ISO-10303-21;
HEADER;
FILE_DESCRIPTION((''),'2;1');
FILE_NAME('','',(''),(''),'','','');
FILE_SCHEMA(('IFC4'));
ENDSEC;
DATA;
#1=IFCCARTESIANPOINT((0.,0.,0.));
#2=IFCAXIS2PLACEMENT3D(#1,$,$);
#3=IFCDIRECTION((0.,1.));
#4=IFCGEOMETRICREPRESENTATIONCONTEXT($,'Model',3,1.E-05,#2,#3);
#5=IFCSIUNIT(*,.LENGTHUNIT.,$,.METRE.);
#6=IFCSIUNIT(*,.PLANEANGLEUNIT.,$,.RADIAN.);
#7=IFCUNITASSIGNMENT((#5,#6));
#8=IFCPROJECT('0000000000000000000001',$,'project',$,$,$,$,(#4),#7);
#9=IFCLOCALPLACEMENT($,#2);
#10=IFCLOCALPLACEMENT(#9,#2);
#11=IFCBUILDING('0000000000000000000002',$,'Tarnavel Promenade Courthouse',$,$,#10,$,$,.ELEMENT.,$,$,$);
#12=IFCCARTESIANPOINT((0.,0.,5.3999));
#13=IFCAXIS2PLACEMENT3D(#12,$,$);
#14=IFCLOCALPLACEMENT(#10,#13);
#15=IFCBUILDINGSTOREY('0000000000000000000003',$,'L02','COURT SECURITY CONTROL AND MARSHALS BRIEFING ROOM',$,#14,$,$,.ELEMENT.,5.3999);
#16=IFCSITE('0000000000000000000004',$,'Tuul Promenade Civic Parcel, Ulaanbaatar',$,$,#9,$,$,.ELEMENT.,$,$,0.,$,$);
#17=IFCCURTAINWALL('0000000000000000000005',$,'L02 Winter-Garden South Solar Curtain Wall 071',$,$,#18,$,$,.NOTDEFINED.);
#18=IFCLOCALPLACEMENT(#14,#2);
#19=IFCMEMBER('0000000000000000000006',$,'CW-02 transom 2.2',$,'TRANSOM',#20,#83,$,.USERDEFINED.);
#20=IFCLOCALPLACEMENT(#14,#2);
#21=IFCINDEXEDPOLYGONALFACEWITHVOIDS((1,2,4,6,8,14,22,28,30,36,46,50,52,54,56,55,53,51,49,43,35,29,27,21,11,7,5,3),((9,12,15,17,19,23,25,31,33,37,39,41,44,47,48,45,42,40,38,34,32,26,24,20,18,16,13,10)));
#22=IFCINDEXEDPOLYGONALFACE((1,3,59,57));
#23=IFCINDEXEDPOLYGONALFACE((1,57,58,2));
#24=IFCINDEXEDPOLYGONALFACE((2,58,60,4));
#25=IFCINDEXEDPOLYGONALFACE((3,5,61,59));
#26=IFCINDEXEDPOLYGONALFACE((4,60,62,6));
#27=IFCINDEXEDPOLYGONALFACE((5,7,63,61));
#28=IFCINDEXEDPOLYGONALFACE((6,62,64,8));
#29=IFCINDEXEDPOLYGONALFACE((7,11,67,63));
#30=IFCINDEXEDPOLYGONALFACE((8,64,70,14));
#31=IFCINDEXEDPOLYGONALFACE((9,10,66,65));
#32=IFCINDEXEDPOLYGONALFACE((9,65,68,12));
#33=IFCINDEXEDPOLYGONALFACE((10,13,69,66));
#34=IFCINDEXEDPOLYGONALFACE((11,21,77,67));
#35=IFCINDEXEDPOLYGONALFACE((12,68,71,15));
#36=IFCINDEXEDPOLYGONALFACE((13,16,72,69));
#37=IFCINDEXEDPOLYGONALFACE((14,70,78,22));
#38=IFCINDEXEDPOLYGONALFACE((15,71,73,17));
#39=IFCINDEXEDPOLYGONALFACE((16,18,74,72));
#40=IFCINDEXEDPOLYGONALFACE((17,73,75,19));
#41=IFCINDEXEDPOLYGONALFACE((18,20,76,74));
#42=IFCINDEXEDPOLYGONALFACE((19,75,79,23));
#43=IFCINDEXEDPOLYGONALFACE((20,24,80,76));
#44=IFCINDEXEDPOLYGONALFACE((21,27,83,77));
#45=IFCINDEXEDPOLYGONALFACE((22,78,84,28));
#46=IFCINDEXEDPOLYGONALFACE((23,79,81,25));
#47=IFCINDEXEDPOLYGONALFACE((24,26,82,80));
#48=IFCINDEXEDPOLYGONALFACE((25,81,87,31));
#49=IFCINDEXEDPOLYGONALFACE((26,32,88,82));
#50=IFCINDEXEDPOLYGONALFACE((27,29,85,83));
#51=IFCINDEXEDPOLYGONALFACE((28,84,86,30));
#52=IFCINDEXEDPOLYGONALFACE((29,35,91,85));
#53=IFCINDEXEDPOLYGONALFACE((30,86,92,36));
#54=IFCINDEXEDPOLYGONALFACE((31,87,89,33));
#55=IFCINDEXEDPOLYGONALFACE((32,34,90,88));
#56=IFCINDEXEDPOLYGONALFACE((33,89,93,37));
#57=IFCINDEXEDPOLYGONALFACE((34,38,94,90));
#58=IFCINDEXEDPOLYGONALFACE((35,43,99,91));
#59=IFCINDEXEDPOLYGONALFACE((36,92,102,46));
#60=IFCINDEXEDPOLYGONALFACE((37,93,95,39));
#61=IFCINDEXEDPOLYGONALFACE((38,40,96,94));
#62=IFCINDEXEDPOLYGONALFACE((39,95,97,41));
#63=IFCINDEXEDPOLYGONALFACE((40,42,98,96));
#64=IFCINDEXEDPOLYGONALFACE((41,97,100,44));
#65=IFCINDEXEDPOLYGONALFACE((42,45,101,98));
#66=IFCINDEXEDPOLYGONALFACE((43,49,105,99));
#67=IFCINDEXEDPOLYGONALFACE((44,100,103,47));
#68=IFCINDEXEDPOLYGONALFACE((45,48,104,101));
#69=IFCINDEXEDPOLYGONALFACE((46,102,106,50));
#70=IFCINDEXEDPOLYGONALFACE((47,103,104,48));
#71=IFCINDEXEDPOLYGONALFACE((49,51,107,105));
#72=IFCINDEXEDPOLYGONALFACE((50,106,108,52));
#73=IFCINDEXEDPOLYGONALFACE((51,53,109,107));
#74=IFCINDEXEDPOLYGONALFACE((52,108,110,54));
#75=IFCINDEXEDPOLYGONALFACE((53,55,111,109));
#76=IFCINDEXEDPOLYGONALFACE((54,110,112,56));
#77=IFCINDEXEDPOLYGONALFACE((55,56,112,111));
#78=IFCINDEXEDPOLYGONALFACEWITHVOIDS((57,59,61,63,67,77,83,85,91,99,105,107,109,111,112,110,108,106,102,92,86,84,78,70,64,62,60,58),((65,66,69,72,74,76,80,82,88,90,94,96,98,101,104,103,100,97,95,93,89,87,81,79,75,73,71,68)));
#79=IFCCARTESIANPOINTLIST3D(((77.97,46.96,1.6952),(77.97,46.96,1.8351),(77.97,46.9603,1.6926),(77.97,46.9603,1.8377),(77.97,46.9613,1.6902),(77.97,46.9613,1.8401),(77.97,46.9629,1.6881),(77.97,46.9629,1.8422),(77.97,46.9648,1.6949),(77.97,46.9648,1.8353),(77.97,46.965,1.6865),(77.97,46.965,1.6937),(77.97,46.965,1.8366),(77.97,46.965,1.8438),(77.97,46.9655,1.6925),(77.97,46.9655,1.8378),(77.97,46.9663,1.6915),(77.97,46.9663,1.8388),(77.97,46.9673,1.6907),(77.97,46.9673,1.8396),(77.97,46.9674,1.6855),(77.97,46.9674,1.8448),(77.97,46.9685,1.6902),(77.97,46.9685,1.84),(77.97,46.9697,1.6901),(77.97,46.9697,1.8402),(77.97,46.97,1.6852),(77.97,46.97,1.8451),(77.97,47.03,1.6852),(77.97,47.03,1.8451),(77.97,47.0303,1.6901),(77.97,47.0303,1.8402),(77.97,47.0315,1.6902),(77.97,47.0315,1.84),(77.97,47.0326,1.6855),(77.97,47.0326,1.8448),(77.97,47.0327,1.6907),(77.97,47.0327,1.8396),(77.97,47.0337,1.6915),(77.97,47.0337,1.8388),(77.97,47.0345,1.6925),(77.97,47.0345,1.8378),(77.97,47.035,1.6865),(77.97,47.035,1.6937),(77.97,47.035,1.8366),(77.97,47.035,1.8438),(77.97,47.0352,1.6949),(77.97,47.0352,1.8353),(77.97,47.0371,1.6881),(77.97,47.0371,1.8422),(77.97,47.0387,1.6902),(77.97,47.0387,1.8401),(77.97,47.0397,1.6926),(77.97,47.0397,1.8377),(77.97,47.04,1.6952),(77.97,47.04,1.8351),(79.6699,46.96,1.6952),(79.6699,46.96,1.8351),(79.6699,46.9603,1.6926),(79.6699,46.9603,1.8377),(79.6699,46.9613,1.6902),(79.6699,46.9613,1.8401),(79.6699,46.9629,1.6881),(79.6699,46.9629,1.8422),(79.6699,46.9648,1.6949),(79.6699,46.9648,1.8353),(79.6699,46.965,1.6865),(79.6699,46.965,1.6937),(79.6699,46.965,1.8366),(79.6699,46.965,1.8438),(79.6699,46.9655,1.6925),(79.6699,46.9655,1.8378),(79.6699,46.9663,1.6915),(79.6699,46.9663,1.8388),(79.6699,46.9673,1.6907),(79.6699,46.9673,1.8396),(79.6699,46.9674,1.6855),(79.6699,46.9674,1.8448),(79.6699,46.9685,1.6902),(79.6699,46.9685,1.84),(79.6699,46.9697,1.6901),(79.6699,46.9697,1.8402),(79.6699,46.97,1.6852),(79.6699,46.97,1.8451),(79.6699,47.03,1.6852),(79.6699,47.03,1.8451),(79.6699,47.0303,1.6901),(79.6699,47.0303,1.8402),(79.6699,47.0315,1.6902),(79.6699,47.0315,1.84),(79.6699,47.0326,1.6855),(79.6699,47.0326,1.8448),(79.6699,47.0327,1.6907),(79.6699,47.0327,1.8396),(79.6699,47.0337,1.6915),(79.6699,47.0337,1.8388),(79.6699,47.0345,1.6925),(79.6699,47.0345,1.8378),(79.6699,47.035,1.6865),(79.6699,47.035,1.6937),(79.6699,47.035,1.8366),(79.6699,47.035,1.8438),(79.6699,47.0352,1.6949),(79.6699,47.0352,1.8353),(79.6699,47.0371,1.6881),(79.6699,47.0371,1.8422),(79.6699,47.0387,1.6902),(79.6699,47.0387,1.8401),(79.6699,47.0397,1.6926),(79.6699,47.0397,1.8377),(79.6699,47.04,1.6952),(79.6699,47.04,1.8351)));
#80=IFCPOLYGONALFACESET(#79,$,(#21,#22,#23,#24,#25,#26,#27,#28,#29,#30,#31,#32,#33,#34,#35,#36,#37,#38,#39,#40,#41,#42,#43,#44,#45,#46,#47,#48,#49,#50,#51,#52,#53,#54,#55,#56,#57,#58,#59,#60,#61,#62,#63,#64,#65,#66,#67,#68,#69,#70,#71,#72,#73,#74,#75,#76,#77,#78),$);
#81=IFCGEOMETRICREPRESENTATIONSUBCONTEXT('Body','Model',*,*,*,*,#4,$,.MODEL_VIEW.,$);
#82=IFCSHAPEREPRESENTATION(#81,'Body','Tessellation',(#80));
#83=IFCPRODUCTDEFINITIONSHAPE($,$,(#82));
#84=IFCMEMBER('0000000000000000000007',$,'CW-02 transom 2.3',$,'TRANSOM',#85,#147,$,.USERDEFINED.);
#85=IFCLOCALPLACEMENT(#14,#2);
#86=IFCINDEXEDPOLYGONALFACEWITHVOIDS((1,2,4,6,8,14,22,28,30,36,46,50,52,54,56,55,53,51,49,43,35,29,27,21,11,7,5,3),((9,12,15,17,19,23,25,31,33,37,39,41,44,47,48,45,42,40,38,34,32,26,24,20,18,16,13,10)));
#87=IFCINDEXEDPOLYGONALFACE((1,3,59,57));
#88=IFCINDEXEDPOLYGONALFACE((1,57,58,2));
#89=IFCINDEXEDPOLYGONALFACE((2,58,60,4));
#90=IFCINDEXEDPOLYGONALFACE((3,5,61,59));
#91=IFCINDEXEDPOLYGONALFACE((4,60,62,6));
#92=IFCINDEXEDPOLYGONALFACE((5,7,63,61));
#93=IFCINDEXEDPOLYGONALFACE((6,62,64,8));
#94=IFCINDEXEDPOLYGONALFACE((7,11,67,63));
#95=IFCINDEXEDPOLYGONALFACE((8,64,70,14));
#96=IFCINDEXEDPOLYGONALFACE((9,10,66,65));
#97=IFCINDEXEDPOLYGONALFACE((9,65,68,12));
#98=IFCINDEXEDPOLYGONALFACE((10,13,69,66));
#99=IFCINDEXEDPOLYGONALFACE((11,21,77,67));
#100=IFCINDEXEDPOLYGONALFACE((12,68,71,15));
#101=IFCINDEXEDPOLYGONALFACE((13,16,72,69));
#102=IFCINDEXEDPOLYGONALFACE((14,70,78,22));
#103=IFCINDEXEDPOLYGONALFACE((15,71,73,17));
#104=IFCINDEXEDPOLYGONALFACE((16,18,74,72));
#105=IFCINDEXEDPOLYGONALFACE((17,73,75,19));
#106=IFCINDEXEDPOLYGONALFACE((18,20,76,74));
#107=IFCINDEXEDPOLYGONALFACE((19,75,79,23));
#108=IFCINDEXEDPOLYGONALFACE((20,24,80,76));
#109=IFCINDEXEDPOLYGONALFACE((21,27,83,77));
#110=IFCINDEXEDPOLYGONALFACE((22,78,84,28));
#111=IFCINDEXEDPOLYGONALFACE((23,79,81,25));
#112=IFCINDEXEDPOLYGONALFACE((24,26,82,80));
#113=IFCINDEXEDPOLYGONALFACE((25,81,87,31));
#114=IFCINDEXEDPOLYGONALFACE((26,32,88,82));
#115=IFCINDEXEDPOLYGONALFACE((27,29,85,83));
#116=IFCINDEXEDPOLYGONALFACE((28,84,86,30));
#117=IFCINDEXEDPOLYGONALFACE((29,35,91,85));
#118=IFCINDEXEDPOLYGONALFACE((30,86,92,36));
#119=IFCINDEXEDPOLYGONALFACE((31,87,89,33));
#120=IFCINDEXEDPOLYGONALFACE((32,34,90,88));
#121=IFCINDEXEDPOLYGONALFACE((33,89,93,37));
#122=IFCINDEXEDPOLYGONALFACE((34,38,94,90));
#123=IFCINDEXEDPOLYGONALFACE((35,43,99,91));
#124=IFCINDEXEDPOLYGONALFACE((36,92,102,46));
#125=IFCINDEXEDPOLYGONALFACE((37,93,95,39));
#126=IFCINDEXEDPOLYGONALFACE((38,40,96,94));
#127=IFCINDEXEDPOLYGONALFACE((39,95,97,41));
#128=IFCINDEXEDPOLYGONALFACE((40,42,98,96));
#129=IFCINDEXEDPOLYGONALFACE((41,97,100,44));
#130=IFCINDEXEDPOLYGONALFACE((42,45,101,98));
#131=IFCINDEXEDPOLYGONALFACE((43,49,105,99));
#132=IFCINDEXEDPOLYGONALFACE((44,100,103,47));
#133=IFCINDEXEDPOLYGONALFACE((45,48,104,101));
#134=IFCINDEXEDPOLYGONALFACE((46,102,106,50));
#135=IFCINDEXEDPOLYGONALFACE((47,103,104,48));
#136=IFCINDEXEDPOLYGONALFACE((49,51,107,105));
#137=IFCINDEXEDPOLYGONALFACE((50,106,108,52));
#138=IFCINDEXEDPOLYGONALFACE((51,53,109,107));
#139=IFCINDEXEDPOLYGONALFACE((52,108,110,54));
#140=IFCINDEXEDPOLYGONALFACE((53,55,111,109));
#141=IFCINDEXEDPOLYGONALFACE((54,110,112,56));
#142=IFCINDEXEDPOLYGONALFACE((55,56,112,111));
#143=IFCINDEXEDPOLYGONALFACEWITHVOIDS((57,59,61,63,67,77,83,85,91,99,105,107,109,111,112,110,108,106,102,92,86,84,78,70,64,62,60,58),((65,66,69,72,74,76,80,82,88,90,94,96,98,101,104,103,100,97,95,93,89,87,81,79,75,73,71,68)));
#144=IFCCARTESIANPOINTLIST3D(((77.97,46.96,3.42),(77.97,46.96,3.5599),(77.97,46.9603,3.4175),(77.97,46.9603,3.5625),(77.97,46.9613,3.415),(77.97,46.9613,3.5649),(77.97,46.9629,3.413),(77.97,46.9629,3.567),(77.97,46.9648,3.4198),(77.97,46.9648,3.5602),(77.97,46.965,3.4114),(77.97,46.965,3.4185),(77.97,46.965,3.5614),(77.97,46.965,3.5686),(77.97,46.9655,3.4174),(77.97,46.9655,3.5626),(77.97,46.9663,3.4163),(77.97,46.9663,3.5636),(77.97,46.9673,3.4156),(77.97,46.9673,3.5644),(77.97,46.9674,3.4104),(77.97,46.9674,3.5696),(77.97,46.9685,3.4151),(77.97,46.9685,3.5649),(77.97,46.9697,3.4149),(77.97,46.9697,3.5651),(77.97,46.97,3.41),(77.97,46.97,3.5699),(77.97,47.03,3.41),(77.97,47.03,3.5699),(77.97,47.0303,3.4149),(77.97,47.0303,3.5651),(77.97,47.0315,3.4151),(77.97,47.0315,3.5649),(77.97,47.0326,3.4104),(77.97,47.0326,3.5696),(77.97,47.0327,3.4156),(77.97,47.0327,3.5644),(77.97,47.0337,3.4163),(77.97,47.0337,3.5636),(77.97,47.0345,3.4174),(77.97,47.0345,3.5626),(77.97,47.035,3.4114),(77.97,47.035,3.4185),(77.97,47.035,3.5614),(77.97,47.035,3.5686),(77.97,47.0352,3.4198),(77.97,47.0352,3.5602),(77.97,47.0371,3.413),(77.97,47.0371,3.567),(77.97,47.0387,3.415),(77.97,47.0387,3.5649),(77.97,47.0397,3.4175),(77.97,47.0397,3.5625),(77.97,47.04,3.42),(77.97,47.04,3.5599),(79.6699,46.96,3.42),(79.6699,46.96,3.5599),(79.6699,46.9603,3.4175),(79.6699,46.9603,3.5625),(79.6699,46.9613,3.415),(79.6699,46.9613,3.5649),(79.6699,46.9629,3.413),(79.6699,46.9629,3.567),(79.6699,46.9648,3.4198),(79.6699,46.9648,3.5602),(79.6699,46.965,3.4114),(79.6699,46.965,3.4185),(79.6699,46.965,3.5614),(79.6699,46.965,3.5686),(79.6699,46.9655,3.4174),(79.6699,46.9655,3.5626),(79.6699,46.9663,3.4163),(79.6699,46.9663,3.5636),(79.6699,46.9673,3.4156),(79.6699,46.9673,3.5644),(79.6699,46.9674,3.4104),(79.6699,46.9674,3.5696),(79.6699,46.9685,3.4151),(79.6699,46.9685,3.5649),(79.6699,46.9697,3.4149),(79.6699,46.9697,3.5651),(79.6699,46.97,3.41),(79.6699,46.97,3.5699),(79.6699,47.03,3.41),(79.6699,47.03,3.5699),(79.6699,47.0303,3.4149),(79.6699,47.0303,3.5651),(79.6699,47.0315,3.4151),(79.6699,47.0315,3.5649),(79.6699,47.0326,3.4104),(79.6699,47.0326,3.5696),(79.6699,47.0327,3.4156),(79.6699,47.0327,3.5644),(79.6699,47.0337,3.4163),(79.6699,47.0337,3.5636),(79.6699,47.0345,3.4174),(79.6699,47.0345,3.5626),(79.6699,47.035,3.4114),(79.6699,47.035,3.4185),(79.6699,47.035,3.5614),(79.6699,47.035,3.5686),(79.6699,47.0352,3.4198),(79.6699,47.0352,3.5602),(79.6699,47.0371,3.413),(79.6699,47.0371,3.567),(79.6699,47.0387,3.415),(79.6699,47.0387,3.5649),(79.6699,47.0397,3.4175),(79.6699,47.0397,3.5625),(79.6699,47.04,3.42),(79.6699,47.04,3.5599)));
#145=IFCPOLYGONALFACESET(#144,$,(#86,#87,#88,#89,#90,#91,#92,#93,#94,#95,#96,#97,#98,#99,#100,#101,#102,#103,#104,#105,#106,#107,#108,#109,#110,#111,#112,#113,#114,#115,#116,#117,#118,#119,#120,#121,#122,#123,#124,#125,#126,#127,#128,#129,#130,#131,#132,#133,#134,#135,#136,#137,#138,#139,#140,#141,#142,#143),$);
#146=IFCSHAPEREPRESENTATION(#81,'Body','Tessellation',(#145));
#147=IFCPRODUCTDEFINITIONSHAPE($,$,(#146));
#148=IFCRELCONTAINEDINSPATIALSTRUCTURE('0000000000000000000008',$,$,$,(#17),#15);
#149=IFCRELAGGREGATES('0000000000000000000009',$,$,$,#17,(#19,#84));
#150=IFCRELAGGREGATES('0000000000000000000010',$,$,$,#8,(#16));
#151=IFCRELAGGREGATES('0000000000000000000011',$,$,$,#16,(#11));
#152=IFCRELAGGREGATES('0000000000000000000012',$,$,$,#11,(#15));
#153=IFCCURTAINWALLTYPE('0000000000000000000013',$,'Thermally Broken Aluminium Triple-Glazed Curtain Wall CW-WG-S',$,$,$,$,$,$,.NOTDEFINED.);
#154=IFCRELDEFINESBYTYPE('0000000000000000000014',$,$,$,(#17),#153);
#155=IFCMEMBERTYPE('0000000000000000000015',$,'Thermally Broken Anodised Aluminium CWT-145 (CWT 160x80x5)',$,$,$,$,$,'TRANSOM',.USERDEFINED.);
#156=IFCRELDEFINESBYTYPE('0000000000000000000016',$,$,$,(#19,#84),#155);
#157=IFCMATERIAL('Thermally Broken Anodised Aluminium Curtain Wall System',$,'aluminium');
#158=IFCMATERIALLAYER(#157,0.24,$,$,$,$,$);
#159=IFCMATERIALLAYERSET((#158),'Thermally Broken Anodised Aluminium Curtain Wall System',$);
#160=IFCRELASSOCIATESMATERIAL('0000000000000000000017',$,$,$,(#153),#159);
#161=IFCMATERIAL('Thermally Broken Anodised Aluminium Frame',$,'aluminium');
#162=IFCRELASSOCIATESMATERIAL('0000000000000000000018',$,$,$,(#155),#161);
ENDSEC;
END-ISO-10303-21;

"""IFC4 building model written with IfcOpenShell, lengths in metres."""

from ifc_helpers import new_model, si_unit, direction, frame, origin, origin_2d, place, context, subcontext, project, spatial, hollow_rectangle, extrude, material, layer, layer_set, material_profile, profile_set, type_object, element, aggregate, save


model = new_model("IFC4")

# Units and contexts
model_context = context("Model", 3, precision=1e-05, world=origin(), true_north=direction((0.0, 1.0)))
body_context = subcontext(model_context, "Body", "Model", "MODEL_VIEW")
ifc_project = project(units=[si_unit("LENGTHUNIT", "METRE"), si_unit("PLANEANGLEUNIT", "RADIAN")], contexts=[model_context])

# Site, building, storey
site_placement = place(None, origin())
site = spatial("IfcSite", under=ifc_project, at=site_placement, Name="Tuul Promenade Civic Parcel, Ulaanbaatar", CompositionType="ELEMENT", RefElevation=0.0)
building_placement = place(site_placement, origin())
building = spatial("IfcBuilding", under=site, at=building_placement, Name="Tarnavel Promenade Courthouse", CompositionType="ELEMENT")
storey_placement = place(building_placement, frame((0.0, 0.0, 5.3999)))
storey = spatial("IfcBuildingStorey", under=building, at=storey_placement, Name="L02", Description="COURT SECURITY CONTROL AND MARSHALS BRIEFING ROOM", CompositionType="ELEMENT", Elevation=5.3999)

# Curtain wall
ifc_material_1 = material(Name="Thermally Broken Anodised Aluminium Curtain Wall System", Category="aluminium")
ifc_layer_1 = layer(ifc_material_1, 0.24)
ifc_layer_set_1 = layer_set([ifc_layer_1], Name="Thermally Broken Anodised Aluminium Curtain Wall System")
curtain_wall_type = type_object("IfcCurtainWallType", Name="Thermally Broken Aluminium Triple-Glazed Curtain Wall CW-WG-S", PredefinedType="NOTDEFINED", material=ifc_layer_set_1)
curtain_wall_1_placement = place(storey_placement, origin())
curtain_wall_1 = element("IfcCurtainWall", 1, at=curtain_wall_1_placement, inside=storey, type_object=curtain_wall_type, Name="L02 Winter-Garden South Solar Curtain Wall 071", PredefinedType="NOTDEFINED")
ifc_material_2 = material(Name="Thermally Broken Anodised Aluminium Frame", Category="aluminium")

# Members
ifc_material_profile_1 = material_profile(ifc_material_2, hollow_rectangle(XDim=0.0801, YDim=0.1599, WallThickness=0.0049, InnerFilletRadius=0.0049, OuterFilletRadius=0.01, at=origin_2d()), Name="CWT 160x80x5")
ifc_profile_set_1 = profile_set([ifc_material_profile_1], Name="Thermally Broken Anodised Aluminium Frame")
member_type_1 = type_object("IfcMemberType", Name="Thermally Broken Anodised Aluminium CWT-145 (CWT 160x80x5)", ElementType="TRANSOM", PredefinedType="USERDEFINED", material=ifc_profile_set_1)
member_1_placement = place(storey_placement, frame((77.97, 47.0, 1.7651), z_axis=(1.0, 0.0, 0.0), x_axis=(0.0, 1.0, 0.0)))
member_1 = element("IfcMember", 2, at=member_1_placement, type_object=member_type_1, Name="CW-02 transom 2.2", ObjectType="TRANSOM", PredefinedType="USERDEFINED", context=body_context, shape_type="SweptSolid", body=[
    extrude(hollow_rectangle(XDim=0.0801, YDim=0.1599, WallThickness=0.0049, InnerFilletRadius=0.0049, OuterFilletRadius=0.01, at=origin_2d()), origin(), (0.0, 0.0, 1.0), 1.7),
])
member_2_placement = place(storey_placement, frame((77.97, 47.0, 3.49), z_axis=(1.0, 0.0, 0.0), x_axis=(0.0, 1.0, 0.0)))
member_2 = element("IfcMember", 3, at=member_2_placement, type_object=member_type_1, Name="CW-02 transom 2.3", ObjectType="TRANSOM", PredefinedType="USERDEFINED", context=body_context, shape_type="SweptSolid", body=[
    extrude(hollow_rectangle(XDim=0.0801, YDim=0.1599, WallThickness=0.0049, InnerFilletRadius=0.0049, OuterFilletRadius=0.01, at=origin_2d()), origin(), (0.0, 0.0, 1.0), 1.7),
])

aggregate(curtain_wall_1, [member_1, member_2])

save(model, "model.ifc")
